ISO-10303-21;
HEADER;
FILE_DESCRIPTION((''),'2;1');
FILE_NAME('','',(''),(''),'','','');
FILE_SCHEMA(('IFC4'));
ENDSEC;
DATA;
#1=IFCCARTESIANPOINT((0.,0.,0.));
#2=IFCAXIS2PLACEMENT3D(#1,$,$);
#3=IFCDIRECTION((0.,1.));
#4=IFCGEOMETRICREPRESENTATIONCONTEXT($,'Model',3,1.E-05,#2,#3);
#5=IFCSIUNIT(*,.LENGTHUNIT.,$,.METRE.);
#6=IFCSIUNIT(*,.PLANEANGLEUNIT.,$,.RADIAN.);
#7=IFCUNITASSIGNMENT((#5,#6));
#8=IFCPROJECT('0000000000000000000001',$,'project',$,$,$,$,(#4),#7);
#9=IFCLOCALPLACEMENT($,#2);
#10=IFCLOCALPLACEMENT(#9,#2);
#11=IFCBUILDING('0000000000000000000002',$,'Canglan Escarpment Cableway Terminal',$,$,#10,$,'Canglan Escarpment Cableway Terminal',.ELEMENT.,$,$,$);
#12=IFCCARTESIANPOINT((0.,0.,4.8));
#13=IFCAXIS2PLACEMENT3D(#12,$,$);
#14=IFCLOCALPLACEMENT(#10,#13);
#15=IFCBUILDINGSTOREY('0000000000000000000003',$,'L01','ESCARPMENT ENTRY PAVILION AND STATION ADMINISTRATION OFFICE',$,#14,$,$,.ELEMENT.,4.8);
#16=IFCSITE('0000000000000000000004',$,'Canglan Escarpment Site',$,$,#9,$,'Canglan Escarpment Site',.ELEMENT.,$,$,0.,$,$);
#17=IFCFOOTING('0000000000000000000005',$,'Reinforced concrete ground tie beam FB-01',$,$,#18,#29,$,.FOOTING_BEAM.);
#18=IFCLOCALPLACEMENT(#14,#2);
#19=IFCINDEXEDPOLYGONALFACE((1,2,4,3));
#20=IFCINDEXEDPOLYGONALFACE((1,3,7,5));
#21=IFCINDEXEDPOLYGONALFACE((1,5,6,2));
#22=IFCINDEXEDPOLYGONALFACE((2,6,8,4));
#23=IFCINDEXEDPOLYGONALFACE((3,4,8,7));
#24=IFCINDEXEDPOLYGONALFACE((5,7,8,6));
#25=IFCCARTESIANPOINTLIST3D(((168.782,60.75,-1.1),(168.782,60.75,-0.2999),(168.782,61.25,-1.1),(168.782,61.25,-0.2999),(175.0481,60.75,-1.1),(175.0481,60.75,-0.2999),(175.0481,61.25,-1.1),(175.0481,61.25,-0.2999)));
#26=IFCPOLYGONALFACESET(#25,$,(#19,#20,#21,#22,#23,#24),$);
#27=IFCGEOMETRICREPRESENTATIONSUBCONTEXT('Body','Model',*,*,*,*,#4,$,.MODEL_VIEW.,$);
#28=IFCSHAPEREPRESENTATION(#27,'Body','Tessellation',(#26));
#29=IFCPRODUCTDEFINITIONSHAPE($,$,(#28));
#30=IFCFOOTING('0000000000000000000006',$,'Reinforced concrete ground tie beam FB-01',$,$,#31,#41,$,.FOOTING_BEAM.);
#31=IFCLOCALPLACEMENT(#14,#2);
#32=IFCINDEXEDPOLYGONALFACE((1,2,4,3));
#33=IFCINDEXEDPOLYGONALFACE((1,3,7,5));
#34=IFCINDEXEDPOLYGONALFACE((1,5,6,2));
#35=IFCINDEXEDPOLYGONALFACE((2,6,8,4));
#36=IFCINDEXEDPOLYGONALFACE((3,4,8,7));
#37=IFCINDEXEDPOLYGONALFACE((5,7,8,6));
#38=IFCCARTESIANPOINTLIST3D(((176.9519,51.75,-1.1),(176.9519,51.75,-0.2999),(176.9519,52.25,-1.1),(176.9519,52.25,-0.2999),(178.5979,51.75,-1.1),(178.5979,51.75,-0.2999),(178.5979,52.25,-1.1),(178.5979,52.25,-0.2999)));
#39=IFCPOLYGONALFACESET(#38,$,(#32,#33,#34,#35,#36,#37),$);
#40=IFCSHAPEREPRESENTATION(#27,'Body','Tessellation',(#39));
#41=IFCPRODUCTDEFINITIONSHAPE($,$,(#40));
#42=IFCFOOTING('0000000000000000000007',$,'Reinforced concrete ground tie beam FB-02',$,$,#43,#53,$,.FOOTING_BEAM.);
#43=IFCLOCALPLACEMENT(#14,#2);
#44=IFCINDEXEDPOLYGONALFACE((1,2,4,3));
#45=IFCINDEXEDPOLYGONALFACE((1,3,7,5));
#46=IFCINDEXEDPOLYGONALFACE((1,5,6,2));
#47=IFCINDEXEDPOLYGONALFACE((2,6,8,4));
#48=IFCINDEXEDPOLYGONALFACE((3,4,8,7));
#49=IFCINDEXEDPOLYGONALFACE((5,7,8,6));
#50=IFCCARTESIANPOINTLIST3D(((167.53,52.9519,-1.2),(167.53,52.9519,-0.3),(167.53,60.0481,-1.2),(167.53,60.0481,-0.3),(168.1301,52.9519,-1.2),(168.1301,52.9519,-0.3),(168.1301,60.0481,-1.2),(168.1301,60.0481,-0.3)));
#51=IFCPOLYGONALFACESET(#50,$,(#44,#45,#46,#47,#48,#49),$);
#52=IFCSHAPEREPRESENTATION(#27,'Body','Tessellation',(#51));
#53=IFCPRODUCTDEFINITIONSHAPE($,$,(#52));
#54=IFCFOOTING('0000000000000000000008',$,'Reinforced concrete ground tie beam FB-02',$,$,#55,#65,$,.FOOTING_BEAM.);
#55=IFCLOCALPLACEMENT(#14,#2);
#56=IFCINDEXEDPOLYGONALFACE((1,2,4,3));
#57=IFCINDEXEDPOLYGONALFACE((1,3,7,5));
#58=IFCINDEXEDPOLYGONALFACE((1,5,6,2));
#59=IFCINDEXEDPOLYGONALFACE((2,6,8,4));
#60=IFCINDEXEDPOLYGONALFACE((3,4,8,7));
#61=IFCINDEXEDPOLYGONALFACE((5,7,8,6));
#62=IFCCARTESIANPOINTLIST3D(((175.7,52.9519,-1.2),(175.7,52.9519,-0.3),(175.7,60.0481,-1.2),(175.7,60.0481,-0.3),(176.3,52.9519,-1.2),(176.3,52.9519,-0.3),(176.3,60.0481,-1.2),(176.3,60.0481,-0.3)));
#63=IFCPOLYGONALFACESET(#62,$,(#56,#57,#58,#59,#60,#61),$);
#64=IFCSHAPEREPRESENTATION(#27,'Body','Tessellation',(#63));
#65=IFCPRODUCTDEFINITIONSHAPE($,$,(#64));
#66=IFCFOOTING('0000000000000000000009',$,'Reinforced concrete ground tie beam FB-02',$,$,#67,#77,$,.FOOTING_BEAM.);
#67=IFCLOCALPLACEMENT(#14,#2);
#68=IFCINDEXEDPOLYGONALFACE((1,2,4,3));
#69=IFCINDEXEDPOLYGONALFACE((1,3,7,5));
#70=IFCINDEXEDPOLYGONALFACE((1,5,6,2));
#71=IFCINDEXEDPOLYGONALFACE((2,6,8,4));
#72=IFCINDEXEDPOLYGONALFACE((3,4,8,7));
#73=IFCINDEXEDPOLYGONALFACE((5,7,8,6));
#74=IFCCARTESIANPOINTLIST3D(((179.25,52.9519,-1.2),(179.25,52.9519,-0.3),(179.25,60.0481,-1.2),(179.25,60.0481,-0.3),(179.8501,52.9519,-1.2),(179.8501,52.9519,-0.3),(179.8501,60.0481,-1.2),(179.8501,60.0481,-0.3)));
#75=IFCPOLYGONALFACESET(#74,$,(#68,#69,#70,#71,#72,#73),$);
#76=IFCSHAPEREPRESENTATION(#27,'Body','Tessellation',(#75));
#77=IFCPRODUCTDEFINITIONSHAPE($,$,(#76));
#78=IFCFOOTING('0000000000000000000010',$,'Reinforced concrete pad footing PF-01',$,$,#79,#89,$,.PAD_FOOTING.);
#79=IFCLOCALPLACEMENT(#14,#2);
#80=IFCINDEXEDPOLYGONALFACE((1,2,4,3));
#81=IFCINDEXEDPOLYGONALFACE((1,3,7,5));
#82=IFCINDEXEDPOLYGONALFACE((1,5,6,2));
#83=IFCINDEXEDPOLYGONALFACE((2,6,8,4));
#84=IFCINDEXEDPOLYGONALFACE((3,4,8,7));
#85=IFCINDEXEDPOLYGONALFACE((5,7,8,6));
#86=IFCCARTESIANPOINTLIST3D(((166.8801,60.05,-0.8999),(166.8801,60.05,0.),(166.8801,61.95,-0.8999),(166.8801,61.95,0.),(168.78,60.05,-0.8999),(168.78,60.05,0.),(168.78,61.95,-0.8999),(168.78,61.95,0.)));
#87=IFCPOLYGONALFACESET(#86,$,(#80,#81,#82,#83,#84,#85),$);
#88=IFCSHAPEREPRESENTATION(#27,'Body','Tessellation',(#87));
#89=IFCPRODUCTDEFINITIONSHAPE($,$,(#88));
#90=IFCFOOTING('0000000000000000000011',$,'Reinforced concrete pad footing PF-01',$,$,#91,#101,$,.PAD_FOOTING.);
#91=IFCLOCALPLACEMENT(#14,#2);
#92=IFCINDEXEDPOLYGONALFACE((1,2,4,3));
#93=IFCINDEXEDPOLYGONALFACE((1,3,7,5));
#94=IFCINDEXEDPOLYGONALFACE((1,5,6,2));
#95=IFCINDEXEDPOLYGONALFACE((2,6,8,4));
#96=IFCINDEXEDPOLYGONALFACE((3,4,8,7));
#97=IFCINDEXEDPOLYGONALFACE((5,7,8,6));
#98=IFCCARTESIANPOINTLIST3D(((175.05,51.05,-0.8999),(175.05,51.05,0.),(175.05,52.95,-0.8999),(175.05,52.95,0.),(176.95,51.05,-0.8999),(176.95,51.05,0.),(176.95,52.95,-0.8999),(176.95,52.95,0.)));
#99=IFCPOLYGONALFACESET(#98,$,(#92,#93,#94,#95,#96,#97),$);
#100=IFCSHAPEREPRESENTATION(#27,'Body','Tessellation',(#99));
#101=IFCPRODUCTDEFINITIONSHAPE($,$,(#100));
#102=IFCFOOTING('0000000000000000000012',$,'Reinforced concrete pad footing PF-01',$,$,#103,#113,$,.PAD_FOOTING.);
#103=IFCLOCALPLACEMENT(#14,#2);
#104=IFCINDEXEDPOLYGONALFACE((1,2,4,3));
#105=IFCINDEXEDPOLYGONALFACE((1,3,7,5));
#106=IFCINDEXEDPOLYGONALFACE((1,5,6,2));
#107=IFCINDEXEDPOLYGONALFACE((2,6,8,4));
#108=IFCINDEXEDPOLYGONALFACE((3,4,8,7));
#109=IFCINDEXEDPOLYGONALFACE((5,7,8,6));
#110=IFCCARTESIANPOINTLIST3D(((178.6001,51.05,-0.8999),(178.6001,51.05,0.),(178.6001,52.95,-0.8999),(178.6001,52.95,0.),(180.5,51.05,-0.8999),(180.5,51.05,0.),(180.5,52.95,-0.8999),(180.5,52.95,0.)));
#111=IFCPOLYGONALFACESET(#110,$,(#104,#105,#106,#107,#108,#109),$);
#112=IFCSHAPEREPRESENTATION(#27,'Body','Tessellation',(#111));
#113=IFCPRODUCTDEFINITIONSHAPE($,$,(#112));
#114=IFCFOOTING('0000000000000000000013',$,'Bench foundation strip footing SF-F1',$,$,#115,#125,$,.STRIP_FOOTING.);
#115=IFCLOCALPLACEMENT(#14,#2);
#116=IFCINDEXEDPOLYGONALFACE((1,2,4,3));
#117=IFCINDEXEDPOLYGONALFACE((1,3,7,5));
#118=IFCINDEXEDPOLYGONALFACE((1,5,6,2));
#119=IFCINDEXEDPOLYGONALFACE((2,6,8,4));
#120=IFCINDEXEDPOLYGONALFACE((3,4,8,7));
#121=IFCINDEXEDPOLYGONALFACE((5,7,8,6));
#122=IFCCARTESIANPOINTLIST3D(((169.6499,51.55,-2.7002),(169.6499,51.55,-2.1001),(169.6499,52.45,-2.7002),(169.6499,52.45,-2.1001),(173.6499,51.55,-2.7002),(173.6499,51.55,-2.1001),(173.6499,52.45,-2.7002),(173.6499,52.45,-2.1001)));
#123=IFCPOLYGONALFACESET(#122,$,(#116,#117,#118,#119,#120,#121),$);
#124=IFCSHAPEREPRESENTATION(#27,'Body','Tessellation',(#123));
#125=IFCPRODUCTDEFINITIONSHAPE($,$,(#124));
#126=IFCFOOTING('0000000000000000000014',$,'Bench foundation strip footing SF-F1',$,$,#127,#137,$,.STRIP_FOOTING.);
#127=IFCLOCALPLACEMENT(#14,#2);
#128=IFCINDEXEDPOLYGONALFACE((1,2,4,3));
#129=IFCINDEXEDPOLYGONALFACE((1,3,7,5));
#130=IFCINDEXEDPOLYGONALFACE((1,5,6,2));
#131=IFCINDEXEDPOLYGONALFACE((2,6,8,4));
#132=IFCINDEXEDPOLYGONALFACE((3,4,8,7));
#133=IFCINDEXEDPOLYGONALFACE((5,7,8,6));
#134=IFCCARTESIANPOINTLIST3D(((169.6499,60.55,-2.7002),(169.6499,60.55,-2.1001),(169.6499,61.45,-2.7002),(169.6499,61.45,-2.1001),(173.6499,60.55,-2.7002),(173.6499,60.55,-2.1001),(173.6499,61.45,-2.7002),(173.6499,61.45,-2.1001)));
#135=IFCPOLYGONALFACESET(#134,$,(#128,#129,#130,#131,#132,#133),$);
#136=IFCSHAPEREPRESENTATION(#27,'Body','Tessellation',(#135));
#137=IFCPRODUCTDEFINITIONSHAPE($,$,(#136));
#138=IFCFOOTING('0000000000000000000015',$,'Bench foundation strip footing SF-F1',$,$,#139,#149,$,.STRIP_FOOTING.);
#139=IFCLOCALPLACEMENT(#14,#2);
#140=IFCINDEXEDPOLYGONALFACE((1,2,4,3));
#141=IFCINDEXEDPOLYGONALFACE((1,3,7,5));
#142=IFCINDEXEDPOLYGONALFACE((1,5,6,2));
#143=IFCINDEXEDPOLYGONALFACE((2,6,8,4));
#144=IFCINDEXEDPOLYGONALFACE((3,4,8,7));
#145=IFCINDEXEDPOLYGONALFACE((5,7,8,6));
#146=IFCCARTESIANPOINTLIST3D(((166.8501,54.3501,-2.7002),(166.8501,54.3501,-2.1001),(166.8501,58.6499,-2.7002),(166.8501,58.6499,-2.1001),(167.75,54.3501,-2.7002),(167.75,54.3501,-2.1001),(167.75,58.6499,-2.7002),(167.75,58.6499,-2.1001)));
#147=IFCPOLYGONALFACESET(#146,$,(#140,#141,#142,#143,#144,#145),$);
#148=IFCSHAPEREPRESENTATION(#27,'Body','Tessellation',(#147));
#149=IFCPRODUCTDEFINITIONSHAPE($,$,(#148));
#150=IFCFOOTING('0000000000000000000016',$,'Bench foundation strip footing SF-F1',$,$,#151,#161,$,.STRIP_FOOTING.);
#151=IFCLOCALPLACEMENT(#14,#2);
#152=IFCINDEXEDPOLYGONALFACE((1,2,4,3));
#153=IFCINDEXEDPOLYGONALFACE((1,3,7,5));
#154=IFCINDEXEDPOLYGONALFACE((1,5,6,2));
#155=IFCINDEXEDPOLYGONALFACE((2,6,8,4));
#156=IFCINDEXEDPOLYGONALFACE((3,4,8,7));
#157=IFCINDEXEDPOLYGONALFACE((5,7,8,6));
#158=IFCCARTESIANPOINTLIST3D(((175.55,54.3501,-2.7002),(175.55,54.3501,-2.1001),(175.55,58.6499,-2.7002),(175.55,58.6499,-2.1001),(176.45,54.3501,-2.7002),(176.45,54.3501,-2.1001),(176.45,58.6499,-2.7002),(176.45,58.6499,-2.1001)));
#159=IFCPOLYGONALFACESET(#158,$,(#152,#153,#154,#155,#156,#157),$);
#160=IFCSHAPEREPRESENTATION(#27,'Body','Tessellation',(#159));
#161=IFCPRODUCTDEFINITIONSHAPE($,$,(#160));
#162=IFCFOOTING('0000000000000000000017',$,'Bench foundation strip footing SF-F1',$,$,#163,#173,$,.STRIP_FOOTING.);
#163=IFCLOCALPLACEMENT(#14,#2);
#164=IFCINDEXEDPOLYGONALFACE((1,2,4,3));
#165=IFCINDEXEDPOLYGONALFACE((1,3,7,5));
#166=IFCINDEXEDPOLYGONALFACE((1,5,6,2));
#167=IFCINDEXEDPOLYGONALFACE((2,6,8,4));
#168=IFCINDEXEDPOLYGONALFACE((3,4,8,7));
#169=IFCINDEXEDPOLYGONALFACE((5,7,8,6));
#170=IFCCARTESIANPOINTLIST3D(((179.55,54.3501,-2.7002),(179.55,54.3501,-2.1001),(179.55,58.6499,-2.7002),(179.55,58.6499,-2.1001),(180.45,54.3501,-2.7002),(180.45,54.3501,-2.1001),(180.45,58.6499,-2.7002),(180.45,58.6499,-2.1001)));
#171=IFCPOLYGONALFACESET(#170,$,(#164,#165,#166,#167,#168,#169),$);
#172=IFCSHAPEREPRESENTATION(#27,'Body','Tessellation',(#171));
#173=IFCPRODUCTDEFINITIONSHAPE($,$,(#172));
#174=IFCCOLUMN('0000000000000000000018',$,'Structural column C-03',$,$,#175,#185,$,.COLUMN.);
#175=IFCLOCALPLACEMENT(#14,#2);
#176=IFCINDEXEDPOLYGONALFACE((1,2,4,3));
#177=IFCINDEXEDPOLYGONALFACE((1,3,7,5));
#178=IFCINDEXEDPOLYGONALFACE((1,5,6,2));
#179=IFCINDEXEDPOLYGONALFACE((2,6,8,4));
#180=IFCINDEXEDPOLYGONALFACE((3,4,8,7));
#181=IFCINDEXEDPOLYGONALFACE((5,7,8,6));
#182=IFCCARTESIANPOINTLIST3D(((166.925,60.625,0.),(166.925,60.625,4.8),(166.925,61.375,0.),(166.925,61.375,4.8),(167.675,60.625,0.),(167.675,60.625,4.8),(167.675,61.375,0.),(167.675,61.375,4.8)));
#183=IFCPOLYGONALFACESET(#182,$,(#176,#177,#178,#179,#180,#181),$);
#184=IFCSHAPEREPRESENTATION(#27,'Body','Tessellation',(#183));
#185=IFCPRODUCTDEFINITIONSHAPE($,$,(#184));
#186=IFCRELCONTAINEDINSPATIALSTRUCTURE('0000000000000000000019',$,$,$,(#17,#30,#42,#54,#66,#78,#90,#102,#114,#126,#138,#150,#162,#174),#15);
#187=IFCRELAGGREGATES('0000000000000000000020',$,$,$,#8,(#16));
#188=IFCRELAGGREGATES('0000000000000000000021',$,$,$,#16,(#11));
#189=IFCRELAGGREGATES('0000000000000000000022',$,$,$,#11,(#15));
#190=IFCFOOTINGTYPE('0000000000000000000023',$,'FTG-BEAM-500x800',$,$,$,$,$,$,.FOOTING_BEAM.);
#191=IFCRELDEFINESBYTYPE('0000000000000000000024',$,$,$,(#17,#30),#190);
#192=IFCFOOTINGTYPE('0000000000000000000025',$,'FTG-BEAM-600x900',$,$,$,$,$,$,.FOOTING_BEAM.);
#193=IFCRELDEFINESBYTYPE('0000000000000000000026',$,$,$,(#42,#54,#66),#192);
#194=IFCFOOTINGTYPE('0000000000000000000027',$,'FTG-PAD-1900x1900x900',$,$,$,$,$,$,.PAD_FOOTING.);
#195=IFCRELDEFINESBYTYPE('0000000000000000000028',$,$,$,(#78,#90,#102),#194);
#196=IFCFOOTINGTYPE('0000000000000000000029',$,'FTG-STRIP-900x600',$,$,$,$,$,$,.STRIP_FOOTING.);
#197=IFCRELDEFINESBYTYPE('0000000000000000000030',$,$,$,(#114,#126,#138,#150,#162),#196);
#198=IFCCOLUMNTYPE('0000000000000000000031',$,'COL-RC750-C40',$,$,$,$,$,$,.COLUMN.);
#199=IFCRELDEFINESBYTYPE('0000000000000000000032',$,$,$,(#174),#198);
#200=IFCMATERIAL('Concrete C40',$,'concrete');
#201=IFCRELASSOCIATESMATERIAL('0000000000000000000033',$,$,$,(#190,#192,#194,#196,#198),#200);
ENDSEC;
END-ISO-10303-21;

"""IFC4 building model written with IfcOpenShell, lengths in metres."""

from ifc_helpers import new_model, si_unit, direction, frame, origin, origin_2d, place, context, subcontext, project, spatial, rectangle, extrude, material, material_profile, profile_set, type_object, element, save


model = new_model("IFC4")

# Units and contexts
model_context = context("Model", 3, precision=1e-05, world=origin(), true_north=direction((0.0, 1.0)))
body_context = subcontext(model_context, "Body", "Model", "MODEL_VIEW")
ifc_project = project(units=[si_unit("LENGTHUNIT", "METRE"), si_unit("PLANEANGLEUNIT", "RADIAN")], contexts=[model_context])

# Site, building, storey
site_placement = place(None, origin())
site = spatial("IfcSite", under=ifc_project, at=site_placement, Name="Canglan Escarpment Site", LongName="Canglan Escarpment Site", CompositionType="ELEMENT", RefElevation=0.0)
building_placement = place(site_placement, origin())
building = spatial("IfcBuilding", under=site, at=building_placement, Name="Canglan Escarpment Cableway Terminal", LongName="Canglan Escarpment Cableway Terminal", CompositionType="ELEMENT")
storey_placement = place(building_placement, frame((0.0, 0.0, 4.8)))
storey = spatial("IfcBuildingStorey", under=building, at=storey_placement, Name="L01", Description="ESCARPMENT ENTRY PAVILION AND STATION ADMINISTRATION OFFICE", CompositionType="ELEMENT", Elevation=4.8)

# Footings
ifc_material_1 = material(Name="Concrete C40", Category="concrete")
ifc_material_profile_1 = material_profile(ifc_material_1, rectangle(XDim=0.5, YDim=0.8, at=origin_2d()), Name="FB 500x800")
ifc_profile_set_1 = profile_set([ifc_material_profile_1], Name="Concrete C40")
footing_type_1 = type_object("IfcFootingType", Name="FTG-BEAM-500x800", PredefinedType="FOOTING_BEAM", material=ifc_profile_set_1)
footing_1_placement = place(storey_placement, frame((168.782, 61.0, -0.7), z_axis=(1.0, 0.0, 0.0), x_axis=(0.0, 1.0, 0.0)))
element("IfcFooting", 1, at=footing_1_placement, inside=storey, type_object=footing_type_1, Name="Reinforced concrete ground tie beam FB-01", PredefinedType="FOOTING_BEAM", context=body_context, shape_type="SweptSolid", body=[
    extrude(rectangle(XDim=0.5, YDim=0.8, at=origin_2d()), origin(), (0.0, 0.0, 1.0), 6.2661),
])
footing_2_placement = place(storey_placement, frame((176.9519, 52.0, -0.7), z_axis=(1.0, 0.0, 0.0), x_axis=(0.0, 1.0, 0.0)))
element("IfcFooting", 2, at=footing_2_placement, inside=storey, type_object=footing_type_1, Name="Reinforced concrete ground tie beam FB-01", PredefinedType="FOOTING_BEAM", context=body_context, shape_type="SweptSolid", body=[
    extrude(rectangle(XDim=0.5, YDim=0.8, at=origin_2d()), origin(), (0.0, 0.0, 1.0), 1.646),
])
ifc_material_profile_2 = material_profile(ifc_material_1, rectangle(XDim=0.6001, YDim=0.8999, at=origin_2d()), Name="FB 600x900")
ifc_profile_set_2 = profile_set([ifc_material_profile_2], Name="Concrete C40")
footing_type_2 = type_object("IfcFootingType", Name="FTG-BEAM-600x900", PredefinedType="FOOTING_BEAM", material=ifc_profile_set_2)
for number, where, z_axis, x_axis, name in (
    (3, (167.8301, 52.9519, -0.75), (0.0, 1.0, 0.0), (-1.0, 0.0, 0.0), "Reinforced concrete ground tie beam FB-02"),
    (4, (176.0, 52.9519, -0.75), (0.0, 1.0, 0.0), (-1.0, 0.0, 0.0), "Reinforced concrete ground tie beam FB-02"),
    (5, (179.55, 52.9519, -0.75), (0.0, 1.0, 0.0), (-1.0, 0.0, 0.0), "Reinforced concrete ground tie beam FB-02"),
):
    element("IfcFooting", number, at=place(storey_placement, frame(where, z_axis=z_axis, x_axis=x_axis)), inside=storey, type_object=footing_type_2, Name=name, PredefinedType="FOOTING_BEAM", context=body_context, shape_type="SweptSolid", body=[
        extrude(rectangle(XDim=0.6001, YDim=0.8999, at=origin_2d()), origin(), (0.0, 0.0, 1.0), 7.0962),
    ])
footing_type_3 = type_object("IfcFootingType", Name="FTG-PAD-1900x1900x900", PredefinedType="PAD_FOOTING", material=ifc_material_1)
for number, where, z_axis, x_axis, name in (
    (6, (167.8301, 61.0, -0.8999), (0.0, 0.0, 1.0), (1.0, 0.0, 0.0), "Reinforced concrete pad footing PF-01"),
    (7, (176.0, 52.0, -0.8999), (0.0, 0.0, 1.0), (1.0, 0.0, 0.0), "Reinforced concrete pad footing PF-01"),
    (8, (179.55, 52.0, -0.8999), (0.0, 0.0, 1.0), (1.0, 0.0, 0.0), "Reinforced concrete pad footing PF-01"),
):
    element("IfcFooting", number, at=place(storey_placement, frame(where, z_axis=z_axis, x_axis=x_axis)), inside=storey, type_object=footing_type_3, Name=name, PredefinedType="PAD_FOOTING", context=body_context, shape_type="SweptSolid", body=[
        extrude(rectangle(XDim=1.8999, YDim=1.8999, at=origin_2d()), origin(), (0.0, 0.0, 1.0), 0.8999),
    ])
ifc_material_profile_3 = material_profile(ifc_material_1, rectangle(XDim=0.8999, YDim=0.6001, at=origin_2d()), Name="SF 900x600")
ifc_profile_set_3 = profile_set([ifc_material_profile_3], Name="Concrete C40")
footing_type_4 = type_object("IfcFootingType", Name="FTG-STRIP-900x600", PredefinedType="STRIP_FOOTING", material=ifc_profile_set_3)
for number, where, z_axis, x_axis, name in (
    (9, (169.6499, 52.0, -2.4001), (1.0, 0.0, 0.0), (0.0, 1.0, 0.0), "Bench foundation strip footing SF-F1"),
    (10, (169.6499, 61.0, -2.4001), (1.0, 0.0, 0.0), (0.0, 1.0, 0.0), "Bench foundation strip footing SF-F1"),
):
    element("IfcFooting", number, at=place(storey_placement, frame(where, z_axis=z_axis, x_axis=x_axis)), inside=storey, type_object=footing_type_4, Name=name, PredefinedType="STRIP_FOOTING", context=body_context, shape_type="SweptSolid", body=[
        extrude(rectangle(XDim=0.8999, YDim=0.6001, at=origin_2d()), origin(), (0.0, 0.0, 1.0), 4.0),
    ])
for number, where, z_axis, x_axis, name in (
    (11, (167.3, 54.3501, -2.4001), (0.0, 1.0, 0.0), (-1.0, 0.0, 0.0), "Bench foundation strip footing SF-F1"),
    (12, (176.0, 54.3501, -2.4001), (0.0, 1.0, 0.0), (-1.0, 0.0, 0.0), "Bench foundation strip footing SF-F1"),
    (13, (180.0, 54.3501, -2.4001), (0.0, 1.0, 0.0), (-1.0, 0.0, 0.0), "Bench foundation strip footing SF-F1"),
):
    element("IfcFooting", number, at=place(storey_placement, frame(where, z_axis=z_axis, x_axis=x_axis)), inside=storey, type_object=footing_type_4, Name=name, PredefinedType="STRIP_FOOTING", context=body_context, shape_type="SweptSolid", body=[
        extrude(rectangle(XDim=0.8999, YDim=0.6001, at=origin_2d()), origin(), (0.0, 0.0, 1.0), 4.2998),
    ])

# Column
ifc_material_profile_4 = material_profile(ifc_material_1, rectangle(XDim=0.75, YDim=0.75, at=origin_2d()), Name="RC 750x750")
ifc_profile_set_4 = profile_set([ifc_material_profile_4], Name="Concrete C40")
column_type_1 = type_object("IfcColumnType", Name="COL-RC750-C40", PredefinedType="COLUMN", material=ifc_profile_set_4)
column_placement = place(storey_placement, frame((167.3, 61.0, 0.0), z_axis=(0.0, 0.0, 1.0), x_axis=(1.0, 0.0, 0.0)))
element("IfcColumn", 14, at=column_placement, inside=storey, type_object=column_type_1, Name="Structural column C-03", PredefinedType="COLUMN", context=body_context, shape_type="SweptSolid", body=[
    extrude(rectangle(XDim=0.75, YDim=0.75, at=origin_2d()), origin(), (0.0, 0.0, 1.0), 4.8),
])

save(model, "model.ifc")
